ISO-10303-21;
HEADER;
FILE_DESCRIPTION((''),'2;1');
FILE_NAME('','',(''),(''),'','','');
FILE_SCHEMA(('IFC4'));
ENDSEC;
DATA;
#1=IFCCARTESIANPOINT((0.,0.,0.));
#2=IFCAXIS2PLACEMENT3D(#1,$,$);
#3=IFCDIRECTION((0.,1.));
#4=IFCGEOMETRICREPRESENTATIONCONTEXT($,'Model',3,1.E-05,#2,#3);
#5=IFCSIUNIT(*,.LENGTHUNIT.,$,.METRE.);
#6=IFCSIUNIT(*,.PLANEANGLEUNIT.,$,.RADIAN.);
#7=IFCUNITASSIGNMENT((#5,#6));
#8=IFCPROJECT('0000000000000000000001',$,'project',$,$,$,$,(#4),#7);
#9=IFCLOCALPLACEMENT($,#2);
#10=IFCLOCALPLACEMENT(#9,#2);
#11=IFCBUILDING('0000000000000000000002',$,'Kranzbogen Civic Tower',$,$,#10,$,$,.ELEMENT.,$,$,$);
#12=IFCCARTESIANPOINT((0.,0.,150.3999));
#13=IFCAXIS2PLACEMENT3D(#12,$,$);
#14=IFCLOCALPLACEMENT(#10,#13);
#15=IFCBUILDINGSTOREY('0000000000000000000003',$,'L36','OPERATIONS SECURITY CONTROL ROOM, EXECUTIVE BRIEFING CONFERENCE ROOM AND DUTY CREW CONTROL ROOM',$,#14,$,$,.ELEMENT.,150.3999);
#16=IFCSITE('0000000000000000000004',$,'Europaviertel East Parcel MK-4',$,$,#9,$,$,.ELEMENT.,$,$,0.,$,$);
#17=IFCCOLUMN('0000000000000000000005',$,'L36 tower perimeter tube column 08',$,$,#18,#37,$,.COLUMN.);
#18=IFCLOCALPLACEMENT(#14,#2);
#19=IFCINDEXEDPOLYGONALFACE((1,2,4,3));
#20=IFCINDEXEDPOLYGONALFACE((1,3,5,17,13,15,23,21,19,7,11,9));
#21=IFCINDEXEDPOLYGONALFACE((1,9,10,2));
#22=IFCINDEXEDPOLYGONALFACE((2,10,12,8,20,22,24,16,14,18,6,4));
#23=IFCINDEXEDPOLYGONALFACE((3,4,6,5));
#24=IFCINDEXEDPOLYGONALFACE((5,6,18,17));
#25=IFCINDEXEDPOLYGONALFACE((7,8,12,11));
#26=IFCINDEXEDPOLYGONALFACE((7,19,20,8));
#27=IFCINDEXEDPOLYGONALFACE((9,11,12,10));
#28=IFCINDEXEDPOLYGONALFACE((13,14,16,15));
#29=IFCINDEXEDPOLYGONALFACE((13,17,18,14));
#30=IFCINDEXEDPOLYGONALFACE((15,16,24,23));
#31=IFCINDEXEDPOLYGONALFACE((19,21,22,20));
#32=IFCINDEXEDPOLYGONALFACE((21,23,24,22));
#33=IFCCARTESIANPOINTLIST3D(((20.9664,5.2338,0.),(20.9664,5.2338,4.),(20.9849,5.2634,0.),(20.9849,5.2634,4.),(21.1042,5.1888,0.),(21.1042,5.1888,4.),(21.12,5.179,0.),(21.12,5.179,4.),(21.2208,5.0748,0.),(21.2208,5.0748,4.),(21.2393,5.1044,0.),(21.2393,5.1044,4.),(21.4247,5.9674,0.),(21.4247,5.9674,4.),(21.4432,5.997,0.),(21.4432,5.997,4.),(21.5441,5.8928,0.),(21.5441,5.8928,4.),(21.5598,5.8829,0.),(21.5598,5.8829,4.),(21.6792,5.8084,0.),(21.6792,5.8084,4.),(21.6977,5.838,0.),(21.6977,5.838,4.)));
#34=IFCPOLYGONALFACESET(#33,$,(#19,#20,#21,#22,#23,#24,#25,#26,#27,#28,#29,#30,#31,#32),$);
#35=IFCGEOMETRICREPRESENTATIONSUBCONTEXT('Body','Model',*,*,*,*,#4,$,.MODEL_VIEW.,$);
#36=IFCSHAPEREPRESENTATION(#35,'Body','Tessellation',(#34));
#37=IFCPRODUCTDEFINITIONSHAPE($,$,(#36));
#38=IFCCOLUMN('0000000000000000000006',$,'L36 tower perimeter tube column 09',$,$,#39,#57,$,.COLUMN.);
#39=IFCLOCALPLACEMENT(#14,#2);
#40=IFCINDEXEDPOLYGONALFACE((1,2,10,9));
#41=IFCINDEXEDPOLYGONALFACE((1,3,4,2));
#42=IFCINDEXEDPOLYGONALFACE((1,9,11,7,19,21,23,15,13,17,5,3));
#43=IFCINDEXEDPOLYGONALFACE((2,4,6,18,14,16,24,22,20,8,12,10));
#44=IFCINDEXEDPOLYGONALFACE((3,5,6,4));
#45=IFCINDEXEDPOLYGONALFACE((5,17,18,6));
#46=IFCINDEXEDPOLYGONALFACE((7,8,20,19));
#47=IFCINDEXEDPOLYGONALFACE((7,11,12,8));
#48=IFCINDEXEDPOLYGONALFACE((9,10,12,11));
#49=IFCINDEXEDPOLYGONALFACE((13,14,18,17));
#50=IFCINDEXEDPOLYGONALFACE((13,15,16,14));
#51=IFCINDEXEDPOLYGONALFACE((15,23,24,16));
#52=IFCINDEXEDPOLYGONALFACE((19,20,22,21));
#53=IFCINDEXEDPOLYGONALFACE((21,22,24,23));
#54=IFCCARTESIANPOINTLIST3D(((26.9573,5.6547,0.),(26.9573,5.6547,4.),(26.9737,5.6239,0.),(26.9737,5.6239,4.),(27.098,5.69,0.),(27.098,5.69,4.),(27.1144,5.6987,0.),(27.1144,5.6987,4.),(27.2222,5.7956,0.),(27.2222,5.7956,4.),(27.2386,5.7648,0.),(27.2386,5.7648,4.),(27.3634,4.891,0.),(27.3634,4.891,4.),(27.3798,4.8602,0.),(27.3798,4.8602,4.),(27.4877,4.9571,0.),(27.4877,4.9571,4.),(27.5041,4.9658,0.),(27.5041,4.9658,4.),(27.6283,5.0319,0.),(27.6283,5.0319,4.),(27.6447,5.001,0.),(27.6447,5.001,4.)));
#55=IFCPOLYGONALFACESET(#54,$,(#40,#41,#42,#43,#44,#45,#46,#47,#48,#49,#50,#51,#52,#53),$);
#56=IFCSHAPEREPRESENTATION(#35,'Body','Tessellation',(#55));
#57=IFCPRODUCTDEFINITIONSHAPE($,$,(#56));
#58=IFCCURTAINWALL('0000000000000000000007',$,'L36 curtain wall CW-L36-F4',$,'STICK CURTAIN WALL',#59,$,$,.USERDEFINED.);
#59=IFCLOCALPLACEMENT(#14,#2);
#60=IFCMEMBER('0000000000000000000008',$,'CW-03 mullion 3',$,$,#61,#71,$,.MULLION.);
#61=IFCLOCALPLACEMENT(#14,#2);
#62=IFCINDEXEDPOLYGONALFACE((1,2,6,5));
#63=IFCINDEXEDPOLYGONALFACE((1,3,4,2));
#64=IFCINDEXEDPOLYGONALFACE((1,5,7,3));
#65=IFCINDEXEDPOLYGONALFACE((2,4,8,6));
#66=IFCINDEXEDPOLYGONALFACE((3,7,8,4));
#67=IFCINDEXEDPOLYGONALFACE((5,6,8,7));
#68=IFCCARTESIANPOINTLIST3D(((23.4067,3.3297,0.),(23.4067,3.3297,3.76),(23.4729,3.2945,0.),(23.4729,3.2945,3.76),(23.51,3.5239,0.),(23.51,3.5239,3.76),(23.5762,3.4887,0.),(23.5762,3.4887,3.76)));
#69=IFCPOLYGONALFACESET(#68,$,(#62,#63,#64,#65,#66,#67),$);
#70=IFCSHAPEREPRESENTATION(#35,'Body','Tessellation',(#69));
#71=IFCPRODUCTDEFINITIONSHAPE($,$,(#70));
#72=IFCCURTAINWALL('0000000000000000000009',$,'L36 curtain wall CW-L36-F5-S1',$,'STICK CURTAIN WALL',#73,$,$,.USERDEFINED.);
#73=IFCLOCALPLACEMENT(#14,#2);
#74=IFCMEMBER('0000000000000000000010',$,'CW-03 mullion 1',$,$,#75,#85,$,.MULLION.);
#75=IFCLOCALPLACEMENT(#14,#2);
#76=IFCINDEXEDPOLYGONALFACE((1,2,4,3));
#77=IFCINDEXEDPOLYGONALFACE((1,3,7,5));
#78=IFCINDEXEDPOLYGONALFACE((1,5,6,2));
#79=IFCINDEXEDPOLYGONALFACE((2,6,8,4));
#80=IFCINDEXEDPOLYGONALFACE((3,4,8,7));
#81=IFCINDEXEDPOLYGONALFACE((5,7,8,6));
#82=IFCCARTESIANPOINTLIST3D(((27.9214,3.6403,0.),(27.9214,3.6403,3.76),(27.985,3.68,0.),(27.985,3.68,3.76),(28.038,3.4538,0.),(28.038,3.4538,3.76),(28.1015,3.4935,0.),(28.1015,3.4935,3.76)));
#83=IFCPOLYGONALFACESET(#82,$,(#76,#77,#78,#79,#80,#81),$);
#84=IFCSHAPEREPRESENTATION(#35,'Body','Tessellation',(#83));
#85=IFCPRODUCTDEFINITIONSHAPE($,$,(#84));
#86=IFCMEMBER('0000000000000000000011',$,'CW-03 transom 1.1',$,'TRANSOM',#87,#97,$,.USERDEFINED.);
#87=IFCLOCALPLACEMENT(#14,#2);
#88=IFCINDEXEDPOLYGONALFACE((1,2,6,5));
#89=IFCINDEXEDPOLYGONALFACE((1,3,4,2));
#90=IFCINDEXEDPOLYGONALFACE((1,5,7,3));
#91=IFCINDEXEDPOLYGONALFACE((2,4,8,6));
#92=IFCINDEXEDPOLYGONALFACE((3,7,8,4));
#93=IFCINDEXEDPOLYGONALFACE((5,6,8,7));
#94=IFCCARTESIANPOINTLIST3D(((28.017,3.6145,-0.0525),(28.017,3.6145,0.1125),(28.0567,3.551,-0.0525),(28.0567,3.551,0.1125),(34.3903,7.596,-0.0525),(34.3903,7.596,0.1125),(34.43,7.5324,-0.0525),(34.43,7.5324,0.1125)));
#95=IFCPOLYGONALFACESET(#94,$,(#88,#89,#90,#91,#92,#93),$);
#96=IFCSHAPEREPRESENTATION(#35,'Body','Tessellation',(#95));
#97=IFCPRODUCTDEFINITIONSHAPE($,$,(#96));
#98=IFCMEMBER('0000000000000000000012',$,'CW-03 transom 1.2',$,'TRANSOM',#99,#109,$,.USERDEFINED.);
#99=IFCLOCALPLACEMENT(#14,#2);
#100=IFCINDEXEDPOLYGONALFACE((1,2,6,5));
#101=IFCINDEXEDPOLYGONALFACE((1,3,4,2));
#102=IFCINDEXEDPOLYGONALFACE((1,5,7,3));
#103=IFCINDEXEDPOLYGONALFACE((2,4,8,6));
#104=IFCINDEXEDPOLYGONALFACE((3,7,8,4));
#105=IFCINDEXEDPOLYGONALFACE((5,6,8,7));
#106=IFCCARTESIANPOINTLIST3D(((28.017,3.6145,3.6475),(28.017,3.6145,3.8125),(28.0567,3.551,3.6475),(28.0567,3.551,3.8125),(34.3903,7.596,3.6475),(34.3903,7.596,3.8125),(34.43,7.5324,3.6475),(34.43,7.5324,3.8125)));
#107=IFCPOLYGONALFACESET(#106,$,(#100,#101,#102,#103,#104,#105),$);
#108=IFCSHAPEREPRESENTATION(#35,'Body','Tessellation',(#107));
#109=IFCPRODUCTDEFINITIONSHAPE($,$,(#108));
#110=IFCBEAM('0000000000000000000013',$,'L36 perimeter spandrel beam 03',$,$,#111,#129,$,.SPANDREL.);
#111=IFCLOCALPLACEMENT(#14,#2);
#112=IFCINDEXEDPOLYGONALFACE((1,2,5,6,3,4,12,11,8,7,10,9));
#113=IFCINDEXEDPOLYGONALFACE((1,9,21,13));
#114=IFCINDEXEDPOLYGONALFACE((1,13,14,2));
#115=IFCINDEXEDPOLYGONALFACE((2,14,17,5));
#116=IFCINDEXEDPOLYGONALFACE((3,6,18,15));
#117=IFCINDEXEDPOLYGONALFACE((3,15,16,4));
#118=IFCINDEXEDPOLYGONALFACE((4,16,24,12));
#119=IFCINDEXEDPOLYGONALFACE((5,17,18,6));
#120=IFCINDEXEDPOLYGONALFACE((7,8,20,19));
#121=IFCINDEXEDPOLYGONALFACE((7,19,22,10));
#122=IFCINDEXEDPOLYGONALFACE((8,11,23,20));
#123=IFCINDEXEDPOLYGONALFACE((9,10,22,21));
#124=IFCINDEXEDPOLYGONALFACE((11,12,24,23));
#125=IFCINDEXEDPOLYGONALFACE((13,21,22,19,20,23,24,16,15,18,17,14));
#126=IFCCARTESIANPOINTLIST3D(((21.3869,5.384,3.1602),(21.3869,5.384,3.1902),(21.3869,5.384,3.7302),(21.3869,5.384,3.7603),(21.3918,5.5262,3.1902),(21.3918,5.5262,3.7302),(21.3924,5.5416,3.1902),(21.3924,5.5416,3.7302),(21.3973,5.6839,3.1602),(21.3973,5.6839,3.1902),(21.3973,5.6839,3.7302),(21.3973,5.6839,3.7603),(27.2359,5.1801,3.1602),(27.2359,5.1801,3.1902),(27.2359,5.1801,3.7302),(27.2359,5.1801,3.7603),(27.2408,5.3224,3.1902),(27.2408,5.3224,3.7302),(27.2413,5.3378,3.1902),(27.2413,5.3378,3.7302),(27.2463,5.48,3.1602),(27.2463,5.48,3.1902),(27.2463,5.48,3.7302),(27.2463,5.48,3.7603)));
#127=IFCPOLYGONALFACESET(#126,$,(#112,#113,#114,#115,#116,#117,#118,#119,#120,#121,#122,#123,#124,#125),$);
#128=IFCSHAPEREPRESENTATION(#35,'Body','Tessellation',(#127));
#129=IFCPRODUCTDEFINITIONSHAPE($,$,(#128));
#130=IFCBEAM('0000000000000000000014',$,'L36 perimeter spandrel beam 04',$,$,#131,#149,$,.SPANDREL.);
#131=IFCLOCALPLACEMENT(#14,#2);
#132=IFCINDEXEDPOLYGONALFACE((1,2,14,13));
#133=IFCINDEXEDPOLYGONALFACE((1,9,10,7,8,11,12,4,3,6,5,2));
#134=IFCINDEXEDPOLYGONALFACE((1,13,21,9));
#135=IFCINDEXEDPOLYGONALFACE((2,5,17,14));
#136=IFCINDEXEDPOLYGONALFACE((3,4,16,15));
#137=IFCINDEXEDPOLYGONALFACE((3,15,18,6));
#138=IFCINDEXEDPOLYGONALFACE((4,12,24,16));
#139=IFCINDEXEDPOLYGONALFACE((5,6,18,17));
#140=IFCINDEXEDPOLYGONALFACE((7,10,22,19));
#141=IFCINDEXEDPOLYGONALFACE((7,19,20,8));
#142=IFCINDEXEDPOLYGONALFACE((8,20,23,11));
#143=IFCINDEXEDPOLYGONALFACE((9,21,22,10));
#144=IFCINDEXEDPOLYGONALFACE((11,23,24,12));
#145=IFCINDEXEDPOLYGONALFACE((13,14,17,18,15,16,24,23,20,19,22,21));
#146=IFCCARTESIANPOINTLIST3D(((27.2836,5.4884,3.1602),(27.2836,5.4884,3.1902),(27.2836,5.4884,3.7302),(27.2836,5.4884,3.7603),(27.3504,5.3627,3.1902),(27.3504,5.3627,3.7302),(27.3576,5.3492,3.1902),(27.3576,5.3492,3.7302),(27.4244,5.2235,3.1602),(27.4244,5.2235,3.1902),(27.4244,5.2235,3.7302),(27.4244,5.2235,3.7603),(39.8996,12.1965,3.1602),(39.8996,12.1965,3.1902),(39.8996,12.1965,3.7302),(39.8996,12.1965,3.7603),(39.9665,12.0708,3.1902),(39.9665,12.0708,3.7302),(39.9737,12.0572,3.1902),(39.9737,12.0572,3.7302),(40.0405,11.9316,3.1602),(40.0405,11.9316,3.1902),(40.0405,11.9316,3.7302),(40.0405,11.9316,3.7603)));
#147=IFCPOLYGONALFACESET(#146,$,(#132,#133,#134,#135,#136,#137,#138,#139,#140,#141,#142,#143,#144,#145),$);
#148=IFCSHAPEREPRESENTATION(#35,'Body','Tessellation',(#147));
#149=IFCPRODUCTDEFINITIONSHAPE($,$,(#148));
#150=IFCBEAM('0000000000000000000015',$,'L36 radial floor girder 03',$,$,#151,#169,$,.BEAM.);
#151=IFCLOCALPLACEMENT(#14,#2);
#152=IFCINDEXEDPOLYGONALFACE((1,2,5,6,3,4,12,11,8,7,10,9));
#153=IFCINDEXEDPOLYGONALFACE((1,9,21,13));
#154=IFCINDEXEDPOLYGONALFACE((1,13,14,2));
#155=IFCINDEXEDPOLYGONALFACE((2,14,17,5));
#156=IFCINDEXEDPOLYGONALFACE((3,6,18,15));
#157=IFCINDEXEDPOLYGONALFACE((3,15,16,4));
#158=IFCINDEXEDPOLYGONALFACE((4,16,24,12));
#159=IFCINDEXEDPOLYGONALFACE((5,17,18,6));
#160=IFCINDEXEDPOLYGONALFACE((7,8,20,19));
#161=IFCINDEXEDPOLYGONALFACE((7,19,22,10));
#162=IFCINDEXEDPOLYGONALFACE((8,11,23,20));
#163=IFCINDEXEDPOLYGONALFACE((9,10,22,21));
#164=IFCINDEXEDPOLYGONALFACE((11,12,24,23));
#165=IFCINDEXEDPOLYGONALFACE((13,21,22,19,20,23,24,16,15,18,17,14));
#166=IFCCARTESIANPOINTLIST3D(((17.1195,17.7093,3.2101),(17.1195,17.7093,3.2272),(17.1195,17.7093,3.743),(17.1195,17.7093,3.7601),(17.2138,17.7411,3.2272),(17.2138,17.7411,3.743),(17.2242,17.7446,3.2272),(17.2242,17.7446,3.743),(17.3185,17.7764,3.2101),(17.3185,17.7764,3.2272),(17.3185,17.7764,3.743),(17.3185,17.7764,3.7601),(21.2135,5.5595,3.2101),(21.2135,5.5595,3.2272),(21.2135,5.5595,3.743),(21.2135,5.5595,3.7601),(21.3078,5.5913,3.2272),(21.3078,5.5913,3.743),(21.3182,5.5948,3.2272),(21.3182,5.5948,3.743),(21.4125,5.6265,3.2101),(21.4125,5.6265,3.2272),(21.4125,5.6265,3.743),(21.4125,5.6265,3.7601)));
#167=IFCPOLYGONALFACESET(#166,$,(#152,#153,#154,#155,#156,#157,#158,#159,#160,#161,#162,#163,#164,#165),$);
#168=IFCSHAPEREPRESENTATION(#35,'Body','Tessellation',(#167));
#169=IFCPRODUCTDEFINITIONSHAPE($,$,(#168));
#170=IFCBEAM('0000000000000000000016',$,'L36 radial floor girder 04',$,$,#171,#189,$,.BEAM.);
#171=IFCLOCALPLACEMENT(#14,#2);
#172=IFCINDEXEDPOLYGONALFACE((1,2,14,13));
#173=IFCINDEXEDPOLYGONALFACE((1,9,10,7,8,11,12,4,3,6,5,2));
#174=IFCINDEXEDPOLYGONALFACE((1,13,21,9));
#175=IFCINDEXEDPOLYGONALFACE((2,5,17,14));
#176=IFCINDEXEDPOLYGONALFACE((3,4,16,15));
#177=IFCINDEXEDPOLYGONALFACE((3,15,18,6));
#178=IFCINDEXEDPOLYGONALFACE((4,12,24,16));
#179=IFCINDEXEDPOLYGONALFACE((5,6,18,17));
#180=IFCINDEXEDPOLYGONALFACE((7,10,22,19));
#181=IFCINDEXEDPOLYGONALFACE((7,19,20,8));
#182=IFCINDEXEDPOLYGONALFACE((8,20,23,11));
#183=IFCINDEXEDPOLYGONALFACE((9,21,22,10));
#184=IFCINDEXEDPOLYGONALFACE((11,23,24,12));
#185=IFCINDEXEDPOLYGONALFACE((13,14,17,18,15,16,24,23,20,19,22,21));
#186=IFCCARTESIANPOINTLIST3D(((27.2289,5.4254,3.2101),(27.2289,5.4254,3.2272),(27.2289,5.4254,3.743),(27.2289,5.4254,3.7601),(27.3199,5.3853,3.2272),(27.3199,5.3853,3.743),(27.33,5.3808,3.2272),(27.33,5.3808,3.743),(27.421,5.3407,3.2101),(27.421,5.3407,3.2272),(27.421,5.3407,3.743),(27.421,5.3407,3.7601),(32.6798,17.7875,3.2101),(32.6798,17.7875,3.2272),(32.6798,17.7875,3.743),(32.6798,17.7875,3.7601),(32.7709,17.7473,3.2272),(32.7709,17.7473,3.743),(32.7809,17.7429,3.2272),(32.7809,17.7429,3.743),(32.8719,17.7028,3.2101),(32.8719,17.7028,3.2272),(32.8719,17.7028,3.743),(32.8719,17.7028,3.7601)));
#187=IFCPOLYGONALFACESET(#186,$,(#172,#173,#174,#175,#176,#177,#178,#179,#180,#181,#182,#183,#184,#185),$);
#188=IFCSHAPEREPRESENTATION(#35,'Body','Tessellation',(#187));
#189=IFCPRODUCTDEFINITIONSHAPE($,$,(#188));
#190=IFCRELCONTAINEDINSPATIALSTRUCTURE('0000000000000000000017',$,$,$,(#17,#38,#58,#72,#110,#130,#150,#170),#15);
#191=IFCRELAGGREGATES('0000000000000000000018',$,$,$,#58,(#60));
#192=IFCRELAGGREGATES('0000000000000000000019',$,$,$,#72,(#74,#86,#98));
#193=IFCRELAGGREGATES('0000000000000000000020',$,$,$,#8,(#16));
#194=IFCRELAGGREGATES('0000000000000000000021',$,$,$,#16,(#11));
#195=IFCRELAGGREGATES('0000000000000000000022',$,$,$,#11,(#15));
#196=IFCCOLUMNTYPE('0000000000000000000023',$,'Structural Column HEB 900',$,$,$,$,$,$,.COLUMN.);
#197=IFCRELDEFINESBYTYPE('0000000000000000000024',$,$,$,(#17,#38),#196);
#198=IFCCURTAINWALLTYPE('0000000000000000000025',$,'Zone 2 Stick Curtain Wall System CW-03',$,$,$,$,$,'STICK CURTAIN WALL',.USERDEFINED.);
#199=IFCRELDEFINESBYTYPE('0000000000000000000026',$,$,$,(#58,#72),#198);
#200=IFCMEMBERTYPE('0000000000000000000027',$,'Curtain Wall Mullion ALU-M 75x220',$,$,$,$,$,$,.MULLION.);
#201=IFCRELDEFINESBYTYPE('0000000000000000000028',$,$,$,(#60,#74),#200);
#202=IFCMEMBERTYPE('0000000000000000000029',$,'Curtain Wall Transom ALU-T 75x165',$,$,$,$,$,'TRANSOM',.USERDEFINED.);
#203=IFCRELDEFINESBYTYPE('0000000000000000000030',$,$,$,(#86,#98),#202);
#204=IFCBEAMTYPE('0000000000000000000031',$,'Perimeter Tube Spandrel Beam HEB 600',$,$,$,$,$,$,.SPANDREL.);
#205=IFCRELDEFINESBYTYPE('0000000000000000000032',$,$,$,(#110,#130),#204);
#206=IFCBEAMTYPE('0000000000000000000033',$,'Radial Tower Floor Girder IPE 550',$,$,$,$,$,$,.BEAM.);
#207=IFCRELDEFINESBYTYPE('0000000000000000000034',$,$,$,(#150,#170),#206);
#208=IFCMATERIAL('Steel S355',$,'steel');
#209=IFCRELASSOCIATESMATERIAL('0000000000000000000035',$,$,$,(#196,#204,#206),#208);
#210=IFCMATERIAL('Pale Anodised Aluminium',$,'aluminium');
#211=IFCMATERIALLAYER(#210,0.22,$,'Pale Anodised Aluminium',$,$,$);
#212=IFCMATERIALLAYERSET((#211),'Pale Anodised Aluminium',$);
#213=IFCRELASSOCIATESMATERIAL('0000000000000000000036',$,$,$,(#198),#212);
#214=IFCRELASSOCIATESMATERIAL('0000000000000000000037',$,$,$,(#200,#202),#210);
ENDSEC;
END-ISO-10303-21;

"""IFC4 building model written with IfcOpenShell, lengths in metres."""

from ifc_helpers import new_model, si_unit, direction, frame, origin, origin_2d, place, context, subcontext, project, spatial, rectangle, i_section, extrude, material, layer, layer_set, material_profile, profile_set, type_object, element, aggregate, save


model = new_model("IFC4")

# Units and contexts
model_context = context("Model", 3, precision=1e-05, world=origin(), true_north=direction((0.0, 1.0)))
body_context = subcontext(model_context, "Body", "Model", "MODEL_VIEW")
ifc_project = project(units=[si_unit("LENGTHUNIT", "METRE"), si_unit("PLANEANGLEUNIT", "RADIAN")], contexts=[model_context])

# Site, building, storey
site_placement = place(None, origin())
site = spatial("IfcSite", under=ifc_project, at=site_placement, Name="Europaviertel East Parcel MK-4", CompositionType="ELEMENT", RefElevation=0.0)
building_placement = place(site_placement, origin())
building = spatial("IfcBuilding", under=site, at=building_placement, Name="Kranzbogen Civic Tower", CompositionType="ELEMENT")
storey_placement = place(building_placement, frame((0.0, 0.0, 150.3999)))
storey = spatial("IfcBuildingStorey", under=building, at=storey_placement, Name="L36", Description="OPERATIONS SECURITY CONTROL ROOM, EXECUTIVE BRIEFING CONFERENCE ROOM AND DUTY CREW CONTROL ROOM", CompositionType="ELEMENT", Elevation=150.3999)

# Columns
ifc_material_1 = material(Name="Steel S355", Category="steel")
ifc_material_profile_1 = material_profile(ifc_material_1, i_section(OverallWidth=0.3, OverallDepth=0.8999, WebThickness=0.0186, FlangeThickness=0.0349, at=origin_2d()), Name="HEB 900")
ifc_profile_set_1 = profile_set([ifc_material_profile_1], Name="Steel S355")
column_type = type_object("IfcColumnType", Name="Structural Column HEB 900", PredefinedType="COLUMN", material=ifc_profile_set_1)
for number, where, z_axis, x_axis, name in (
    (1, (21.332, 5.5359, 0.0), (0.0, 0.0, 1.0), (-0.848048, 0.529919, 0.0), "L36 tower perimeter tube column 08"),
    (2, (27.301, 5.3279, 0.0), (0.0, 0.0, 1.0), (0.882948, 0.469472, 0.0), "L36 tower perimeter tube column 09"),
):
    element("IfcColumn", number, at=place(storey_placement, frame(where, z_axis=z_axis, x_axis=x_axis)), inside=storey, type_object=column_type, Name=name, PredefinedType="COLUMN", context=body_context, shape_type="SweptSolid", body=[
        extrude(i_section(OverallWidth=0.3, OverallDepth=0.8999, WebThickness=0.0186, FlangeThickness=0.0349, at=origin_2d()), origin(), (0.0, 0.0, 1.0), 4.0),
    ])

# Curtain wall, member
ifc_material_2 = material(Name="Pale Anodised Aluminium", Category="aluminium")
ifc_layer_1 = layer(ifc_material_2, 0.22, Name="Pale Anodised Aluminium")
ifc_layer_set_1 = layer_set([ifc_layer_1], Name="Pale Anodised Aluminium")
curtain_wall_type = type_object("IfcCurtainWallType", Name="Zone 2 Stick Curtain Wall System CW-03", ElementType="STICK CURTAIN WALL", PredefinedType="USERDEFINED", material=ifc_layer_set_1)
curtain_wall_1_placement = place(storey_placement, origin())
curtain_wall_1 = element("IfcCurtainWall", 3, at=curtain_wall_1_placement, inside=storey, type_object=curtain_wall_type, Name="L36 curtain wall CW-L36-F4", ObjectType="STICK CURTAIN WALL", PredefinedType="USERDEFINED")
ifc_material_profile_2 = material_profile(ifc_material_2, rectangle(XDim=0.075, YDim=0.22, at=origin_2d()), Name="ALU-M 75x220")
ifc_profile_set_2 = profile_set([ifc_material_profile_2], Name="Pale Anodised Aluminium")
member_type_1 = type_object("IfcMemberType", Name="Curtain Wall Mullion ALU-M 75x220", PredefinedType="MULLION", material=ifc_profile_set_2)
member_1_placement = place(storey_placement, frame((23.4915, 3.4092, 0.0), z_axis=(0.0, 0.0, 1.0), x_axis=(0.882952, -0.469463, 0.0)))
member_1 = element("IfcMember", 4, at=member_1_placement, type_object=member_type_1, Name="CW-03 mullion 3", PredefinedType="MULLION", context=body_context, shape_type="SweptSolid", body=[
    extrude(rectangle(XDim=0.075, YDim=0.22, at=origin_2d()), origin(), (0.0, 0.0, 1.0), 3.76),
])
aggregate(curtain_wall_1, [member_1])

# Curtain wall, members
curtain_wall_2_placement = place(storey_placement, origin())
curtain_wall_2 = element("IfcCurtainWall", 5, at=curtain_wall_2_placement, inside=storey, type_object=curtain_wall_type, Name="L36 curtain wall CW-L36-F5-S1", ObjectType="STICK CURTAIN WALL", PredefinedType="USERDEFINED")
member_2_placement = place(storey_placement, frame((28.0115, 3.5669, 0.0), z_axis=(0.0, 0.0, 1.0), x_axis=(0.848109, 0.529822, 0.0)))
member_2 = element("IfcMember", 6, at=member_2_placement, type_object=member_type_1, Name="CW-03 mullion 1", PredefinedType="MULLION", context=body_context, shape_type="SweptSolid", body=[
    extrude(rectangle(XDim=0.075, YDim=0.22, at=origin_2d()), origin(), (0.0, 0.0, 1.0), 3.76),
])
ifc_material_profile_3 = material_profile(ifc_material_2, rectangle(XDim=0.075, YDim=0.165, at=origin_2d()), Name="ALU-T 75x165")
ifc_profile_set_3 = profile_set([ifc_material_profile_3], Name="Pale Anodised Aluminium")
member_type_2 = type_object("IfcMemberType", Name="Curtain Wall Transom ALU-T 75x165", ElementType="TRANSOM", PredefinedType="USERDEFINED", material=ifc_profile_set_3)
member_3_placement = place(storey_placement, frame((28.0369, 3.5828, 0.03), z_axis=(0.84811, 0.529821, 0.0), x_axis=(-0.529821, 0.84811, 0.0)))
member_3 = element("IfcMember", 7, at=member_3_placement, type_object=member_type_2, Name="CW-03 transom 1.1", ObjectType="TRANSOM", PredefinedType="USERDEFINED", context=body_context, shape_type="SweptSolid", body=[
    extrude(rectangle(XDim=0.075, YDim=0.165, at=origin_2d()), origin(), (0.0, 0.0, 1.0), 7.5146),
])
member_4_placement = place(storey_placement, frame((28.0369, 3.5828, 3.73), z_axis=(0.84811, 0.529821, 0.0), x_axis=(-0.529821, 0.84811, 0.0)))
member_4 = element("IfcMember", 8, at=member_4_placement, type_object=member_type_2, Name="CW-03 transom 1.2", ObjectType="TRANSOM", PredefinedType="USERDEFINED", context=body_context, shape_type="SweptSolid", body=[
    extrude(rectangle(XDim=0.075, YDim=0.165, at=origin_2d()), origin(), (0.0, 0.0, 1.0), 7.5146),
])
aggregate(curtain_wall_2, [member_2, member_3, member_4])

# Beams
ifc_material_profile_4 = material_profile(ifc_material_1, i_section(OverallWidth=0.3, OverallDepth=0.6001, WebThickness=0.0154, FlangeThickness=0.03, at=origin_2d()), Name="HEB 600")
ifc_profile_set_4 = profile_set([ifc_material_profile_4], Name="Steel S355")
beam_type_1 = type_object("IfcBeamType", Name="Perimeter Tube Spandrel Beam HEB 600", PredefinedType="SPANDREL", material=ifc_profile_set_4)
beam_1_placement = place(storey_placement, frame((21.3921, 5.5339, 3.4602), z_axis=(0.999393, -0.034833, 0.0), x_axis=(0.034833, 0.999393, 0.0)))
element("IfcBeam", 9, at=beam_1_placement, inside=storey, type_object=beam_type_1, Name="L36 perimeter spandrel beam 03", PredefinedType="SPANDREL", context=body_context, shape_type="SweptSolid", body=[
    extrude(i_section(OverallWidth=0.3, OverallDepth=0.6001, WebThickness=0.0154, FlangeThickness=0.03, at=origin_2d()), origin(), (0.0, 0.0, 1.0), 5.8525),
])
beam_2_placement = place(storey_placement, frame((27.354, 5.356, 3.4602), z_axis=(0.882948, 0.46947, 0.0), x_axis=(-0.46947, 0.882948, 0.0)))
element("IfcBeam", 10, at=beam_2_placement, inside=storey, type_object=beam_type_1, Name="L36 perimeter spandrel beam 04", PredefinedType="SPANDREL", context=body_context, shape_type="SweptSolid", body=[
    extrude(i_section(OverallWidth=0.3, OverallDepth=0.6001, WebThickness=0.0154, FlangeThickness=0.03, at=origin_2d()), origin(), (0.0, 0.0, 1.0), 14.2886),
])
ifc_material_profile_5 = material_profile(ifc_material_1, i_section(OverallWidth=0.21, OverallDepth=0.55, WebThickness=0.011, FlangeThickness=0.0171, at=origin_2d()), Name="IPE 550")
ifc_profile_set_5 = profile_set([ifc_material_profile_5], Name="Steel S355")
beam_type_2 = type_object("IfcBeamType", Name="Radial Tower Floor Girder IPE 550", PredefinedType="BEAM", material=ifc_profile_set_5)
beam_3_placement = place(storey_placement, frame((21.313, 5.593, 3.4851), z_axis=(-0.319317, 0.947648, 0.0), x_axis=(-0.947648, -0.319317, 0.0)))
element("IfcBeam", 11, at=beam_3_placement, inside=storey, type_object=beam_type_2, Name="L36 radial floor girder 03", PredefinedType="BEAM", context=body_context, shape_type="SweptSolid", body=[
    extrude(i_section(OverallWidth=0.21, OverallDepth=0.55, WebThickness=0.011, FlangeThickness=0.0171, at=origin_2d()), origin(), (0.0, 0.0, 1.0), 12.821),
])
beam_4_placement = place(storey_placement, frame((27.325, 5.3831, 3.4851), z_axis=(0.403459, 0.914998, 0.0), x_axis=(-0.914998, 0.403459, 0.0)))
element("IfcBeam", 12, at=beam_4_placement, inside=storey, type_object=beam_type_2, Name="L36 radial floor girder 04", PredefinedType="BEAM", context=body_context, shape_type="SweptSolid", body=[
    extrude(i_section(OverallWidth=0.21, OverallDepth=0.55, WebThickness=0.011, FlangeThickness=0.0171, at=origin_2d()), origin(), (0.0, 0.0, 1.0), 13.5105),
])

save(model, "model.ifc")
